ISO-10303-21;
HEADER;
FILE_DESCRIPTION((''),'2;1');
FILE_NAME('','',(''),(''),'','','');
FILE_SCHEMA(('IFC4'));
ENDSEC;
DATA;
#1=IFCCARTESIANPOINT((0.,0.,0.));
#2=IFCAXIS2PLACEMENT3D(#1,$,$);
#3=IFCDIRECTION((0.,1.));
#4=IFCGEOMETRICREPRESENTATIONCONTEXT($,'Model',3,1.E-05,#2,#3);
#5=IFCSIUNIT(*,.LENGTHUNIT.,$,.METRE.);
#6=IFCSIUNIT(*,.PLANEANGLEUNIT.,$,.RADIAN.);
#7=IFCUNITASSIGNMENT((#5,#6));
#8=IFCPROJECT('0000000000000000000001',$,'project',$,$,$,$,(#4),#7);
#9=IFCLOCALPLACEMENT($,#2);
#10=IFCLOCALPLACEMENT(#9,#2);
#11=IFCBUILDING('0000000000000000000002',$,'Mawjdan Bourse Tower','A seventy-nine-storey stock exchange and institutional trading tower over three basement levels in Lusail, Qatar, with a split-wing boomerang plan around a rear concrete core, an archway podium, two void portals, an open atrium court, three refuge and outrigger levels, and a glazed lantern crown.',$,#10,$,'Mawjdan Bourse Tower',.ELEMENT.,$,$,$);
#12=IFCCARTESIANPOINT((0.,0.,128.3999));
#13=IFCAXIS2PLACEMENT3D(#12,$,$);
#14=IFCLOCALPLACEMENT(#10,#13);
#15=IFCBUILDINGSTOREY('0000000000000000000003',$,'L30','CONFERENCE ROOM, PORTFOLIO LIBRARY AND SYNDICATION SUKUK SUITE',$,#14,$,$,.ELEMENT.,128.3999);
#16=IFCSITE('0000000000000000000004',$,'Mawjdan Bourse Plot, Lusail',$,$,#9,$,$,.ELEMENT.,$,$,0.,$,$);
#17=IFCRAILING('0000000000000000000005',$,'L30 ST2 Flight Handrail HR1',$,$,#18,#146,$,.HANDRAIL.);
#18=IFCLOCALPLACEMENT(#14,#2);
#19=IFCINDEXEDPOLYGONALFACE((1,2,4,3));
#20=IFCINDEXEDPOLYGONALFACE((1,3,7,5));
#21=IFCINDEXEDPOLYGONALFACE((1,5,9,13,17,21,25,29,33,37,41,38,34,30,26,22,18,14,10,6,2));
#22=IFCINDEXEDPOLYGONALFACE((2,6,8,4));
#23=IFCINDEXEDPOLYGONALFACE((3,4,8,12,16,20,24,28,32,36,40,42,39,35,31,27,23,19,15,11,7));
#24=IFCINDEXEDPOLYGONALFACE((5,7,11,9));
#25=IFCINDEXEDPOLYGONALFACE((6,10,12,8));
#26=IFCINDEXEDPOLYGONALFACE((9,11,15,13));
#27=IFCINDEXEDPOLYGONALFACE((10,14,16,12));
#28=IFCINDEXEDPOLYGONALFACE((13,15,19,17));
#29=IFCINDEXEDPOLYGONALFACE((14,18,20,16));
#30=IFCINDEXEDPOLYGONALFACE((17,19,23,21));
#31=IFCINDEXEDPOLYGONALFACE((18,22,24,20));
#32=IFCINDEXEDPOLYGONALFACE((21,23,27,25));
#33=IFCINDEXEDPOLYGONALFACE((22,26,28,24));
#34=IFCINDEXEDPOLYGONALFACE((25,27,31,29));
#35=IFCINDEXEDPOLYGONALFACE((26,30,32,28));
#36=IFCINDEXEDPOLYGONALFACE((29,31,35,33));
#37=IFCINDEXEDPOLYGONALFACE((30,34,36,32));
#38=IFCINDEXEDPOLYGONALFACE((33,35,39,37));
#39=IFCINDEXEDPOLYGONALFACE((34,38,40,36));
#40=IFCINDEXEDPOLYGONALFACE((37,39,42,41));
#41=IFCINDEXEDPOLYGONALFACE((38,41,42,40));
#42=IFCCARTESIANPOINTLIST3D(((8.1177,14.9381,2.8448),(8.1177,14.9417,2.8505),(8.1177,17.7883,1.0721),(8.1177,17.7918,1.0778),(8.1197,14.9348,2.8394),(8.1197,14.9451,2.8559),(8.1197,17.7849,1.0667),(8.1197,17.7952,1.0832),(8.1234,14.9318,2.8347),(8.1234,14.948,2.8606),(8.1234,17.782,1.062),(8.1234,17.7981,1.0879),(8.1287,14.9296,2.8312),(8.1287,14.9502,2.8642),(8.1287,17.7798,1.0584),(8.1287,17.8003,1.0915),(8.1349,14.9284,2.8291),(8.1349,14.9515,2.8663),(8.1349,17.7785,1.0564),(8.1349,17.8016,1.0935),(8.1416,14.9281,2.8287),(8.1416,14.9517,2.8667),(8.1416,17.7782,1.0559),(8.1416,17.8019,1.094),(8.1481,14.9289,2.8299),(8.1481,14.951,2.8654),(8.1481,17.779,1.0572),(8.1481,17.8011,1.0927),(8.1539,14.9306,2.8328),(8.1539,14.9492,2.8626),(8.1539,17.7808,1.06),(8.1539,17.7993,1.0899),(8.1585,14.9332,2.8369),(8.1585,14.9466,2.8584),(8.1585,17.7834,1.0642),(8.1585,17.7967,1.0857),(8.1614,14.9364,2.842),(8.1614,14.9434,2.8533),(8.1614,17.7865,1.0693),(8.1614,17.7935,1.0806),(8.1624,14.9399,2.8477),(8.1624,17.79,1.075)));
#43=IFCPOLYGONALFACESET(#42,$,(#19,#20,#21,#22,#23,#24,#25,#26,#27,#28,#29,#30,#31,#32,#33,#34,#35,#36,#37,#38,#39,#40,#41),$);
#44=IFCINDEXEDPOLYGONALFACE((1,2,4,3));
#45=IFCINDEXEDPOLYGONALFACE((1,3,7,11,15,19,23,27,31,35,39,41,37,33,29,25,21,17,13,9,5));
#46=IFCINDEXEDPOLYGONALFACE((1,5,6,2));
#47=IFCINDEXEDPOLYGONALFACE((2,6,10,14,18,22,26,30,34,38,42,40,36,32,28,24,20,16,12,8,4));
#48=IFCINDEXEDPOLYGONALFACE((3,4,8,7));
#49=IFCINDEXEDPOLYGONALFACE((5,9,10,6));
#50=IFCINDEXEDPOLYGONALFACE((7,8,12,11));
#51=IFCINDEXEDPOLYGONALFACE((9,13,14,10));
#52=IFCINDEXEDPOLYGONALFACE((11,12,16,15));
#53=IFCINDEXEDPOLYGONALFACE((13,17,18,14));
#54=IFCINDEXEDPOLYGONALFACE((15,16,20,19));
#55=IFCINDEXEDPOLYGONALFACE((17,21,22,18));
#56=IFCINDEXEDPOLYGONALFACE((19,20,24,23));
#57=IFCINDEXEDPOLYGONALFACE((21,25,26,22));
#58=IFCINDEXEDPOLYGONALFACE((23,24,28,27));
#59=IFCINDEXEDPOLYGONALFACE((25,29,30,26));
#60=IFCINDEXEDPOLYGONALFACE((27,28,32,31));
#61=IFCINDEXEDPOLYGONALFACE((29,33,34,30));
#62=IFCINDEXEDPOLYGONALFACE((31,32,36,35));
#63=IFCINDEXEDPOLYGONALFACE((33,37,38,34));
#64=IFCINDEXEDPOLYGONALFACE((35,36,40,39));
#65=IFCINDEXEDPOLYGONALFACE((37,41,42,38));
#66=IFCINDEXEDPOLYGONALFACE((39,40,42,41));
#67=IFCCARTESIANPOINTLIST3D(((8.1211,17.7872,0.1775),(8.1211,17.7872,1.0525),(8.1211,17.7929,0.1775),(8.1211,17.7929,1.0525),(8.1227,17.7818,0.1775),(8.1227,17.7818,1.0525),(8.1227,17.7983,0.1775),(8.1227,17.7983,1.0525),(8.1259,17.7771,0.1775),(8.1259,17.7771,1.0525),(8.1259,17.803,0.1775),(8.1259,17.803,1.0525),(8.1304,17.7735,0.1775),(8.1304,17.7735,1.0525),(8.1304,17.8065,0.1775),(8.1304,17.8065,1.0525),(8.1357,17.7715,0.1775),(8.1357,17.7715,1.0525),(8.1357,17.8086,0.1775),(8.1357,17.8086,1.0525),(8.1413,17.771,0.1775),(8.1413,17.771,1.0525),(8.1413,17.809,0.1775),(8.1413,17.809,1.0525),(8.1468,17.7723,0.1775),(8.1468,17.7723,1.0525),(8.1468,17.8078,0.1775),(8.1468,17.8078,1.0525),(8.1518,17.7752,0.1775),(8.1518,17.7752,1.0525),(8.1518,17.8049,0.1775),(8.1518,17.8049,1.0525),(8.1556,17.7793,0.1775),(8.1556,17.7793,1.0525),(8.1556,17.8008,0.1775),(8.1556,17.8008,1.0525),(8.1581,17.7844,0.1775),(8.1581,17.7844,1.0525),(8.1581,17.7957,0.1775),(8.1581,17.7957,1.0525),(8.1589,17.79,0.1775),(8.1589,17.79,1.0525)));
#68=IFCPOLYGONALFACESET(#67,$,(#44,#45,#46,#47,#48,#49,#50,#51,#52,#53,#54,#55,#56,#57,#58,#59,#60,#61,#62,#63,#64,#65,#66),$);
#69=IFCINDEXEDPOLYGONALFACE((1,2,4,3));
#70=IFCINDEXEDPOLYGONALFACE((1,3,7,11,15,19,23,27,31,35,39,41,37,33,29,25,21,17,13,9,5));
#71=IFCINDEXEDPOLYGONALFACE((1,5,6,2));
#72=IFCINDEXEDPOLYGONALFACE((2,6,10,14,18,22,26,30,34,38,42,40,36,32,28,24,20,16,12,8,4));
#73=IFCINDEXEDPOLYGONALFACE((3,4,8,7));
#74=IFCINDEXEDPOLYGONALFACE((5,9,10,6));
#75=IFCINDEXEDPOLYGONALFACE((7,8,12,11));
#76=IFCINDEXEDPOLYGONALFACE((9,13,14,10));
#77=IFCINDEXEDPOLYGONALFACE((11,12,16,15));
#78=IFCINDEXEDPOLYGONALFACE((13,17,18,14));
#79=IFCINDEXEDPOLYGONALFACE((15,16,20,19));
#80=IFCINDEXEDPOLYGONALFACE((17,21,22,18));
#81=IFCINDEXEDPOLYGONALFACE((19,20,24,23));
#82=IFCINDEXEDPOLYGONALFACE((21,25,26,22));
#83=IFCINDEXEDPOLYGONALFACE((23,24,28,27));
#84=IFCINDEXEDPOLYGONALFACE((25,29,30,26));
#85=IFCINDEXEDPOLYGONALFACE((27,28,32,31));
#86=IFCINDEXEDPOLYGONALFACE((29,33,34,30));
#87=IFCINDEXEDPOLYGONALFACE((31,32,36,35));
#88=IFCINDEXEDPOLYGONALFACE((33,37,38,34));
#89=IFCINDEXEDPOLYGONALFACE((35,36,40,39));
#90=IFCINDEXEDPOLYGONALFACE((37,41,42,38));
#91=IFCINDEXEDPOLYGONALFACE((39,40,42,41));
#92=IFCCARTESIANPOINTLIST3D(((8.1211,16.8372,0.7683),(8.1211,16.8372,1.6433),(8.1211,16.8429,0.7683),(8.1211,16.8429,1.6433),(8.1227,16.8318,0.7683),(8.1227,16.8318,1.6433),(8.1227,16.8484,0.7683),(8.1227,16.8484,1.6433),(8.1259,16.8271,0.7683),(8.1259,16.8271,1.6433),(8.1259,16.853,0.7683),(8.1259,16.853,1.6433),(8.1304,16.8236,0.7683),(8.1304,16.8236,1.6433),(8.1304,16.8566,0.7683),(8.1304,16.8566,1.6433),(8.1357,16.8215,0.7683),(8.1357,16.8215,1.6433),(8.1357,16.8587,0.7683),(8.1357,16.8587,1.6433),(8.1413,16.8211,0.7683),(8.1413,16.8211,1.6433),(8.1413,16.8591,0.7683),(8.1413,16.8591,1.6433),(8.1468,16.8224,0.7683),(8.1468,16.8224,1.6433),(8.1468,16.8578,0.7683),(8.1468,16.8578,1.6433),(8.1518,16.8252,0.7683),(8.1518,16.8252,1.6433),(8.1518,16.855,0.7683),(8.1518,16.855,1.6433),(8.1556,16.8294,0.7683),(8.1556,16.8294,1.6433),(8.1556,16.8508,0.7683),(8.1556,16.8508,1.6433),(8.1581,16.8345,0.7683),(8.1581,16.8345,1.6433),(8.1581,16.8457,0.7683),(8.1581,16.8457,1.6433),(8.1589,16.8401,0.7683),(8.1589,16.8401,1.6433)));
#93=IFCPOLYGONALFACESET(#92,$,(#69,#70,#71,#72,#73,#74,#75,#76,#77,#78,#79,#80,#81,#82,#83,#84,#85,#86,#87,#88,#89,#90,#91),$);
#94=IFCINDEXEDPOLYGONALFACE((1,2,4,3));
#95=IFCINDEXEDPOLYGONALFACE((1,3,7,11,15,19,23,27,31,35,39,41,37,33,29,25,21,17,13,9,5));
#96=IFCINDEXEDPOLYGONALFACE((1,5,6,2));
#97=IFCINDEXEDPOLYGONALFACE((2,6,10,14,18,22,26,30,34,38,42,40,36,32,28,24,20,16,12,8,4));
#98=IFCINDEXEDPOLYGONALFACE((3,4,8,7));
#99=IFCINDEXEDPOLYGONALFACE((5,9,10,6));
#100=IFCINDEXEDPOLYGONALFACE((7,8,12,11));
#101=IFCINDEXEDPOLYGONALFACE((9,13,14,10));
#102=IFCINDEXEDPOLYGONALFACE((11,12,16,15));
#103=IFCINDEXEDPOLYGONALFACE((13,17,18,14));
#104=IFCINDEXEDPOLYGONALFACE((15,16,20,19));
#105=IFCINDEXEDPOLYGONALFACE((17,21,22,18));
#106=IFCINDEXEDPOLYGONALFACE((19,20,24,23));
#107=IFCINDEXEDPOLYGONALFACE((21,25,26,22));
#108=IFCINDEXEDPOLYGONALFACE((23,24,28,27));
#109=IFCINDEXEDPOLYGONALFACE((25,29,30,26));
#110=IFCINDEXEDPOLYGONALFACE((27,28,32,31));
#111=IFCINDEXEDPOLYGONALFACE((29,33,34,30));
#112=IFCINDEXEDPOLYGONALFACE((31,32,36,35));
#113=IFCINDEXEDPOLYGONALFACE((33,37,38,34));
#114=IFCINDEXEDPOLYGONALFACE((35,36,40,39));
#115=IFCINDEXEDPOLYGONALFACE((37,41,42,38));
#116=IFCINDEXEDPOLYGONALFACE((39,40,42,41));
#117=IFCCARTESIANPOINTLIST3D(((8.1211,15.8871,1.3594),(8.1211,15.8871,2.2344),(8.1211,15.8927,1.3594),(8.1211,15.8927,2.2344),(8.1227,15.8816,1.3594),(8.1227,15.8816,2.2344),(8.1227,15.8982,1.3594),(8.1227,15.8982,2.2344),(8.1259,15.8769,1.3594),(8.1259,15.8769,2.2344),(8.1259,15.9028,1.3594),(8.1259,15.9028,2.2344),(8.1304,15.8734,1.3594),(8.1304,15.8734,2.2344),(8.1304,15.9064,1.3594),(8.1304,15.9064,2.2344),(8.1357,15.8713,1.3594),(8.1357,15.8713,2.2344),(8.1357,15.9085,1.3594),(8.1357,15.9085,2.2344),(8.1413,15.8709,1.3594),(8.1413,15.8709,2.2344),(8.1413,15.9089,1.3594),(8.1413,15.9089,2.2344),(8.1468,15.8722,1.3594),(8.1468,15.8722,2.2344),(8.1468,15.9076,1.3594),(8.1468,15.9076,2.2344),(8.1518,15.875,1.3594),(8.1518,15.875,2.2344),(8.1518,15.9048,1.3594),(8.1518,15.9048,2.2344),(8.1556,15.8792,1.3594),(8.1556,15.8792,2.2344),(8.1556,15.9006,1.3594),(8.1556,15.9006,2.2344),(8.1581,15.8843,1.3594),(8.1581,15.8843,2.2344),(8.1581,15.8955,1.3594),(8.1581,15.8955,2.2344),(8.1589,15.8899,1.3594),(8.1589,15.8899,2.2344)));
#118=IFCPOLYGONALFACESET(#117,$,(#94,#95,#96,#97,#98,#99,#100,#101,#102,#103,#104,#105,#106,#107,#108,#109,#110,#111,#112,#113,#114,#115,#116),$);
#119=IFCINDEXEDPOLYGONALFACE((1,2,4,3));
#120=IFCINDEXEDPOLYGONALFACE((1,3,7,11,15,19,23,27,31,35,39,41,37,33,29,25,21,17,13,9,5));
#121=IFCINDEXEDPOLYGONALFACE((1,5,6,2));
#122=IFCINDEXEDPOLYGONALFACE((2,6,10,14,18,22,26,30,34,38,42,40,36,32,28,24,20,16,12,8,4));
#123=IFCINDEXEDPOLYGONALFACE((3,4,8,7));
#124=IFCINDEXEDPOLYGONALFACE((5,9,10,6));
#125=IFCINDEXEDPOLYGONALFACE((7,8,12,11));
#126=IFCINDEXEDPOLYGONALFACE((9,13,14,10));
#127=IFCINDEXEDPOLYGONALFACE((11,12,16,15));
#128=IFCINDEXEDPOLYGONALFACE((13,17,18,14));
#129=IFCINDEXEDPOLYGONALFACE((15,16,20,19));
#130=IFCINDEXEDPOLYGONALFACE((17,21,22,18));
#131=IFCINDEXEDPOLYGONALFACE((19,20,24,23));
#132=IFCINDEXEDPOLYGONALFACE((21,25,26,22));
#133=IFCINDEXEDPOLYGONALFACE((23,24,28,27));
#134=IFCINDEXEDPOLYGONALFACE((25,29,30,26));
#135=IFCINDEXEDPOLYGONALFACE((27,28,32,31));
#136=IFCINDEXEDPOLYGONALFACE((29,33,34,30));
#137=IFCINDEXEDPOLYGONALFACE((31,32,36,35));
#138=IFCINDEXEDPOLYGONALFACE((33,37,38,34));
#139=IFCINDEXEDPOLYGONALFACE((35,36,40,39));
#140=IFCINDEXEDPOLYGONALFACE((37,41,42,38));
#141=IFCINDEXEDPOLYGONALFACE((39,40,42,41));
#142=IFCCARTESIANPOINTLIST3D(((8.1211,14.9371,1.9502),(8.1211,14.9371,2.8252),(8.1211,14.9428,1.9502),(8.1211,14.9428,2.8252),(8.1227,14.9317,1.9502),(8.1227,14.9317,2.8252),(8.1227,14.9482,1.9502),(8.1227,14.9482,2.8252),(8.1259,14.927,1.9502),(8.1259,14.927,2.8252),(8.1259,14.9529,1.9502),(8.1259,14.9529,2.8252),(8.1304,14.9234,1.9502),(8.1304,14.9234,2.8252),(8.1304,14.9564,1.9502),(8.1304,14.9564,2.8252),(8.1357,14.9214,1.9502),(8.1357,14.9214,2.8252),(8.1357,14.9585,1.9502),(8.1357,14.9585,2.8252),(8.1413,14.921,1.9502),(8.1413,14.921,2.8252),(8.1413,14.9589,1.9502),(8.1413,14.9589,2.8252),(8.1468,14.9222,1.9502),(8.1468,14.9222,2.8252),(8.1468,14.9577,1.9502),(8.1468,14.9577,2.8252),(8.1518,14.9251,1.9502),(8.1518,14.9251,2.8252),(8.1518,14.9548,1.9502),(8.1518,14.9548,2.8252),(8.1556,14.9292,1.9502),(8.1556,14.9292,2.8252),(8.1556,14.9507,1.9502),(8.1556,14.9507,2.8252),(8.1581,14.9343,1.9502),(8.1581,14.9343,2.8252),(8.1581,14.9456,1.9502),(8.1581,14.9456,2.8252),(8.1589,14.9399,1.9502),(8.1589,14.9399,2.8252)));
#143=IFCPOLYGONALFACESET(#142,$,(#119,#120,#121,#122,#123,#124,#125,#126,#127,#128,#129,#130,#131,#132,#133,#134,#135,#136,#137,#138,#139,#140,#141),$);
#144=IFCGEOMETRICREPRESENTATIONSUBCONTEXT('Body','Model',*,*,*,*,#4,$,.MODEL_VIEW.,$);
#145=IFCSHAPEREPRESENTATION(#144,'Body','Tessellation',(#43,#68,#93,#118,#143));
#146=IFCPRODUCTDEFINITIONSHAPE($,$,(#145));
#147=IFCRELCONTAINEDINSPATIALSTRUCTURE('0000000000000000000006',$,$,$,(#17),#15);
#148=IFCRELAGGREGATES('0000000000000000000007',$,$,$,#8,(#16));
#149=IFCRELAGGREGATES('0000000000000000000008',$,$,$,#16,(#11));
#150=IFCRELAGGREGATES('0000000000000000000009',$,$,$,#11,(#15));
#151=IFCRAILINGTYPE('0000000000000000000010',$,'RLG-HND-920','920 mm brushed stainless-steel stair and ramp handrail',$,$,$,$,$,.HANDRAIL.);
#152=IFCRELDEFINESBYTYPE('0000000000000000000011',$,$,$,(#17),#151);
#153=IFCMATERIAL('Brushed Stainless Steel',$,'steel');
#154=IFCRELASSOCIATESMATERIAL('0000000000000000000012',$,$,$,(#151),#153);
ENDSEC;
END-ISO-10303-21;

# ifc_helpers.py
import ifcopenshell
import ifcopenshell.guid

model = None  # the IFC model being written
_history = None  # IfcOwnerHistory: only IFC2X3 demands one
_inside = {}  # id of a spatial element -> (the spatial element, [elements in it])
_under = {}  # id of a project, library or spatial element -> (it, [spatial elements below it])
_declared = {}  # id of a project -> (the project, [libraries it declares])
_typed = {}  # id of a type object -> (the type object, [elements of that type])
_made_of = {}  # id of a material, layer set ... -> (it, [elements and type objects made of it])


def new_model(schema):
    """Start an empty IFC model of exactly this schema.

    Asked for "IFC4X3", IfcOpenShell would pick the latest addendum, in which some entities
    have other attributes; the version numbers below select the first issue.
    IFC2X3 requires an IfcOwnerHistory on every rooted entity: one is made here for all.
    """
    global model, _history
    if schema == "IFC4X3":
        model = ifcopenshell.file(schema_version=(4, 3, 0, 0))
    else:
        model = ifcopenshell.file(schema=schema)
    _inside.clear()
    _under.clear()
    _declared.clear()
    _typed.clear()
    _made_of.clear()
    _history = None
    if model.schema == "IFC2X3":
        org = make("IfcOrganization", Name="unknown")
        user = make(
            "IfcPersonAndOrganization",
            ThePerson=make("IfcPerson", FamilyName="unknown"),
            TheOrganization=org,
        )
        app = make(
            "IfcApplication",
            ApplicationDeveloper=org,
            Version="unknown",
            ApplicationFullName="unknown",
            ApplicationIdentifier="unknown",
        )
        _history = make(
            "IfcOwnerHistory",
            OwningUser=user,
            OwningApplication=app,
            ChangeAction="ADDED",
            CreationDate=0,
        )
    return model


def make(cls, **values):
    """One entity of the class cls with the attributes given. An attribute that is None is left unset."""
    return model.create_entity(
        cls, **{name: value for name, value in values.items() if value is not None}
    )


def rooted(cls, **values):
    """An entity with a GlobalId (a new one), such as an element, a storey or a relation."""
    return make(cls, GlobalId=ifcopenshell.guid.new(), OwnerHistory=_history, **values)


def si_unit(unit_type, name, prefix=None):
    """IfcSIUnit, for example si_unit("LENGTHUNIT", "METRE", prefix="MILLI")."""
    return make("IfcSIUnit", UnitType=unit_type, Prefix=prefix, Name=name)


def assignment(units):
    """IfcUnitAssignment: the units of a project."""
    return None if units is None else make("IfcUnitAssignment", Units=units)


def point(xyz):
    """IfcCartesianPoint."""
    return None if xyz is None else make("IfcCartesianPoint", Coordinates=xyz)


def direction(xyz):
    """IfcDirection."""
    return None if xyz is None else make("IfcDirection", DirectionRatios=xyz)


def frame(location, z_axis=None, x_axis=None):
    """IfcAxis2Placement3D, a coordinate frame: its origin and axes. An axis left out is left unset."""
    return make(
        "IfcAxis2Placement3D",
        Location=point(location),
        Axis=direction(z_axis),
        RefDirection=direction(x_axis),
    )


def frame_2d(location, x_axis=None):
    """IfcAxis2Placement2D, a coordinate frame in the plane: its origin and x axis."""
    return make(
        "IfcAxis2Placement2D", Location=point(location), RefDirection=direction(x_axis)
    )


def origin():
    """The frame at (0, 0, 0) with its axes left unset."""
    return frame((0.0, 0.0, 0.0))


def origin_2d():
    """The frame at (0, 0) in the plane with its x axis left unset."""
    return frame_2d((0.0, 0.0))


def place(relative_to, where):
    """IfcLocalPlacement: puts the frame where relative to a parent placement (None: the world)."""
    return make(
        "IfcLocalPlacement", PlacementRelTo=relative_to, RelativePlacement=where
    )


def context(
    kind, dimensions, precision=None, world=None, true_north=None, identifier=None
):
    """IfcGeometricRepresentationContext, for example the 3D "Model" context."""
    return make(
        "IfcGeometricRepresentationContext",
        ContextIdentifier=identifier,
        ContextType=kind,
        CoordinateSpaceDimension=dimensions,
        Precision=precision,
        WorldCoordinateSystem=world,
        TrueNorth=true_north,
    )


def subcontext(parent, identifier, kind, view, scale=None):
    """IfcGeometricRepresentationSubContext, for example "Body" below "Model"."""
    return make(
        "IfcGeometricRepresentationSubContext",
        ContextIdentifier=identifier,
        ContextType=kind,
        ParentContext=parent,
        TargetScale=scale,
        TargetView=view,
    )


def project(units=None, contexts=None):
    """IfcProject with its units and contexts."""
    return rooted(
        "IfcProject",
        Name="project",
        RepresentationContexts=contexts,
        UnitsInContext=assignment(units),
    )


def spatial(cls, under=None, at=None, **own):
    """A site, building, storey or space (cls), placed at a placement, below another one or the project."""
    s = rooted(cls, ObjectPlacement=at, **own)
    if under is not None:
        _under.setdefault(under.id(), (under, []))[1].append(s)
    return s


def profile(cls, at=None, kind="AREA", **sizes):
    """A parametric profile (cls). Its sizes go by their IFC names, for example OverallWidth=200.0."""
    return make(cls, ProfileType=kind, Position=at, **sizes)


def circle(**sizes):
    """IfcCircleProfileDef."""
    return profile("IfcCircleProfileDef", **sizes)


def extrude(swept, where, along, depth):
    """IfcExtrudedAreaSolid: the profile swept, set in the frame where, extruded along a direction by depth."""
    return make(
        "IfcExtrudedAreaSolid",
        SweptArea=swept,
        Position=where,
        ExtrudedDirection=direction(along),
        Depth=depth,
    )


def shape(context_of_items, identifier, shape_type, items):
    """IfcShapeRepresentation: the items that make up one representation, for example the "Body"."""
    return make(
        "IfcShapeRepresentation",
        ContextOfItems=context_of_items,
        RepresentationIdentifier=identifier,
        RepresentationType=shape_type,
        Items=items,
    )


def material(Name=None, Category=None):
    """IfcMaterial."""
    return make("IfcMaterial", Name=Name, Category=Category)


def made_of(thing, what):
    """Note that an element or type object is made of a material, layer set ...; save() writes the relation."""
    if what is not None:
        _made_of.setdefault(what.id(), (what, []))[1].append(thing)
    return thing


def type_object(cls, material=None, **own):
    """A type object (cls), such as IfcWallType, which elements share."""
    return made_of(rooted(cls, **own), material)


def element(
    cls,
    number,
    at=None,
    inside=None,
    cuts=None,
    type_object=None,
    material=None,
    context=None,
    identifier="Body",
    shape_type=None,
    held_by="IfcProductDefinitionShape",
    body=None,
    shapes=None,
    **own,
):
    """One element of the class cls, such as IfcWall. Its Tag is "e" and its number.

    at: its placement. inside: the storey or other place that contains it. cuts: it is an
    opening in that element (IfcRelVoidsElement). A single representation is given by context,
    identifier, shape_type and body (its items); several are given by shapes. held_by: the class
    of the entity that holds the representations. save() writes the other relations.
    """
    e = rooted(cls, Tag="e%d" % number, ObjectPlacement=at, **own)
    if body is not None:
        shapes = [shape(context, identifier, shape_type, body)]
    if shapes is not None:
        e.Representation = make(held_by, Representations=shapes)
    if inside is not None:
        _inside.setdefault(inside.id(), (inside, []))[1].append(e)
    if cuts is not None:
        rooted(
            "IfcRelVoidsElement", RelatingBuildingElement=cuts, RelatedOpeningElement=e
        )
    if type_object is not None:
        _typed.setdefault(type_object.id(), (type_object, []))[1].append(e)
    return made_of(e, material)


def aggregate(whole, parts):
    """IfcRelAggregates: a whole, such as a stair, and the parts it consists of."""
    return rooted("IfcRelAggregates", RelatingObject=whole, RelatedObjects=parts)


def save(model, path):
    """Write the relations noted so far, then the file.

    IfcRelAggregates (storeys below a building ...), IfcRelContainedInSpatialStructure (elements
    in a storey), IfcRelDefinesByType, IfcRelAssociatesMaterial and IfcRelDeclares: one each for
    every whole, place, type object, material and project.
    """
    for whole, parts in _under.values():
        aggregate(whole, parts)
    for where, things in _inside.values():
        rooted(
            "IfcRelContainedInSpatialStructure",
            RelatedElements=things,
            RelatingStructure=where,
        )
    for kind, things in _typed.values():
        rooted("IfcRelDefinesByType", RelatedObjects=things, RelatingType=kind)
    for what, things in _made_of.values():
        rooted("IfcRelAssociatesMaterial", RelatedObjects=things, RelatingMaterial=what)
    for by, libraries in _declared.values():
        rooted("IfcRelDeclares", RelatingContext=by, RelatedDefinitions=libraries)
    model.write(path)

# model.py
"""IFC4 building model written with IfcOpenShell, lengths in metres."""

from ifc_helpers import new_model, si_unit, direction, frame, origin, origin_2d, place, context, subcontext, project, spatial, circle, extrude, material, type_object, element, save


model = new_model("IFC4")

# Units and contexts
model_context = context("Model", 3, precision=1e-05, world=origin(), true_north=direction((0.0, 1.0)))
body_context = subcontext(model_context, "Body", "Model", "MODEL_VIEW")
ifc_project = project(units=[si_unit("LENGTHUNIT", "METRE"), si_unit("PLANEANGLEUNIT", "RADIAN")], contexts=[model_context])

# Site, building, storey
site_placement = place(None, origin())
site = spatial("IfcSite", under=ifc_project, at=site_placement, Name="Mawjdan Bourse Plot, Lusail", CompositionType="ELEMENT", RefElevation=0.0)
building_placement = place(site_placement, origin())
building = spatial("IfcBuilding", under=site, at=building_placement, Name="Mawjdan Bourse Tower", Description="A seventy-nine-storey stock exchange and institutional trading tower over three basement levels in Lusail, Qatar, with a split-wing boomerang plan around a rear concrete core, an archway podium, two void portals, an open atrium court, three refuge and outrigger levels, and a glazed lantern crown.", LongName="Mawjdan Bourse Tower", CompositionType="ELEMENT")
storey_placement = place(building_placement, frame((0.0, 0.0, 128.3999)))
storey = spatial("IfcBuildingStorey", under=building, at=storey_placement, Name="L30", Description="CONFERENCE ROOM, PORTFOLIO LIBRARY AND SYNDICATION SUKUK SUITE", CompositionType="ELEMENT", Elevation=128.3999)

# Railing
ifc_material_1 = material(Name="Brushed Stainless Steel", Category="steel")
railing_type_1 = type_object("IfcRailingType", Name="RLG-HND-920", Description="920 mm brushed stainless-steel stair and ramp handrail", PredefinedType="HANDRAIL", material=ifc_material_1)
railing_1_placement = place(storey_placement, frame((8.1399, 17.79, 0.1775)))
element("IfcRailing", 1, at=railing_1_placement, inside=storey, type_object=railing_type_1, Name="L30 ST2 Flight Handrail HR1", PredefinedType="HANDRAIL", context=body_context, shape_type="SweptSolid", body=[
    extrude(circle(Radius=0.0225, at=origin_2d()), frame((0.0, 0.0, 0.8975), z_axis=(0.0, -0.849149, 0.528154), x_axis=(1.0, 0.0, 0.0)), (0.0, 0.0, 1.0), 3.3564),
    extrude(circle(Radius=0.019, at=origin_2d()), origin(), (0.0, 0.0, 1.0), 0.875),
    extrude(circle(Radius=0.019, at=origin_2d()), frame((0.0, -0.95, 0.5908)), (0.0, 0.0, 1.0), 0.875),
    extrude(circle(Radius=0.019, at=origin_2d()), frame((0.0, -1.9001, 1.1819)), (0.0, 0.0, 1.0), 0.875),
    extrude(circle(Radius=0.019, at=origin_2d()), frame((0.0, -2.8501, 1.7727)), (0.0, 0.0, 1.0), 0.875),
])

save(model, "model.ifc")
